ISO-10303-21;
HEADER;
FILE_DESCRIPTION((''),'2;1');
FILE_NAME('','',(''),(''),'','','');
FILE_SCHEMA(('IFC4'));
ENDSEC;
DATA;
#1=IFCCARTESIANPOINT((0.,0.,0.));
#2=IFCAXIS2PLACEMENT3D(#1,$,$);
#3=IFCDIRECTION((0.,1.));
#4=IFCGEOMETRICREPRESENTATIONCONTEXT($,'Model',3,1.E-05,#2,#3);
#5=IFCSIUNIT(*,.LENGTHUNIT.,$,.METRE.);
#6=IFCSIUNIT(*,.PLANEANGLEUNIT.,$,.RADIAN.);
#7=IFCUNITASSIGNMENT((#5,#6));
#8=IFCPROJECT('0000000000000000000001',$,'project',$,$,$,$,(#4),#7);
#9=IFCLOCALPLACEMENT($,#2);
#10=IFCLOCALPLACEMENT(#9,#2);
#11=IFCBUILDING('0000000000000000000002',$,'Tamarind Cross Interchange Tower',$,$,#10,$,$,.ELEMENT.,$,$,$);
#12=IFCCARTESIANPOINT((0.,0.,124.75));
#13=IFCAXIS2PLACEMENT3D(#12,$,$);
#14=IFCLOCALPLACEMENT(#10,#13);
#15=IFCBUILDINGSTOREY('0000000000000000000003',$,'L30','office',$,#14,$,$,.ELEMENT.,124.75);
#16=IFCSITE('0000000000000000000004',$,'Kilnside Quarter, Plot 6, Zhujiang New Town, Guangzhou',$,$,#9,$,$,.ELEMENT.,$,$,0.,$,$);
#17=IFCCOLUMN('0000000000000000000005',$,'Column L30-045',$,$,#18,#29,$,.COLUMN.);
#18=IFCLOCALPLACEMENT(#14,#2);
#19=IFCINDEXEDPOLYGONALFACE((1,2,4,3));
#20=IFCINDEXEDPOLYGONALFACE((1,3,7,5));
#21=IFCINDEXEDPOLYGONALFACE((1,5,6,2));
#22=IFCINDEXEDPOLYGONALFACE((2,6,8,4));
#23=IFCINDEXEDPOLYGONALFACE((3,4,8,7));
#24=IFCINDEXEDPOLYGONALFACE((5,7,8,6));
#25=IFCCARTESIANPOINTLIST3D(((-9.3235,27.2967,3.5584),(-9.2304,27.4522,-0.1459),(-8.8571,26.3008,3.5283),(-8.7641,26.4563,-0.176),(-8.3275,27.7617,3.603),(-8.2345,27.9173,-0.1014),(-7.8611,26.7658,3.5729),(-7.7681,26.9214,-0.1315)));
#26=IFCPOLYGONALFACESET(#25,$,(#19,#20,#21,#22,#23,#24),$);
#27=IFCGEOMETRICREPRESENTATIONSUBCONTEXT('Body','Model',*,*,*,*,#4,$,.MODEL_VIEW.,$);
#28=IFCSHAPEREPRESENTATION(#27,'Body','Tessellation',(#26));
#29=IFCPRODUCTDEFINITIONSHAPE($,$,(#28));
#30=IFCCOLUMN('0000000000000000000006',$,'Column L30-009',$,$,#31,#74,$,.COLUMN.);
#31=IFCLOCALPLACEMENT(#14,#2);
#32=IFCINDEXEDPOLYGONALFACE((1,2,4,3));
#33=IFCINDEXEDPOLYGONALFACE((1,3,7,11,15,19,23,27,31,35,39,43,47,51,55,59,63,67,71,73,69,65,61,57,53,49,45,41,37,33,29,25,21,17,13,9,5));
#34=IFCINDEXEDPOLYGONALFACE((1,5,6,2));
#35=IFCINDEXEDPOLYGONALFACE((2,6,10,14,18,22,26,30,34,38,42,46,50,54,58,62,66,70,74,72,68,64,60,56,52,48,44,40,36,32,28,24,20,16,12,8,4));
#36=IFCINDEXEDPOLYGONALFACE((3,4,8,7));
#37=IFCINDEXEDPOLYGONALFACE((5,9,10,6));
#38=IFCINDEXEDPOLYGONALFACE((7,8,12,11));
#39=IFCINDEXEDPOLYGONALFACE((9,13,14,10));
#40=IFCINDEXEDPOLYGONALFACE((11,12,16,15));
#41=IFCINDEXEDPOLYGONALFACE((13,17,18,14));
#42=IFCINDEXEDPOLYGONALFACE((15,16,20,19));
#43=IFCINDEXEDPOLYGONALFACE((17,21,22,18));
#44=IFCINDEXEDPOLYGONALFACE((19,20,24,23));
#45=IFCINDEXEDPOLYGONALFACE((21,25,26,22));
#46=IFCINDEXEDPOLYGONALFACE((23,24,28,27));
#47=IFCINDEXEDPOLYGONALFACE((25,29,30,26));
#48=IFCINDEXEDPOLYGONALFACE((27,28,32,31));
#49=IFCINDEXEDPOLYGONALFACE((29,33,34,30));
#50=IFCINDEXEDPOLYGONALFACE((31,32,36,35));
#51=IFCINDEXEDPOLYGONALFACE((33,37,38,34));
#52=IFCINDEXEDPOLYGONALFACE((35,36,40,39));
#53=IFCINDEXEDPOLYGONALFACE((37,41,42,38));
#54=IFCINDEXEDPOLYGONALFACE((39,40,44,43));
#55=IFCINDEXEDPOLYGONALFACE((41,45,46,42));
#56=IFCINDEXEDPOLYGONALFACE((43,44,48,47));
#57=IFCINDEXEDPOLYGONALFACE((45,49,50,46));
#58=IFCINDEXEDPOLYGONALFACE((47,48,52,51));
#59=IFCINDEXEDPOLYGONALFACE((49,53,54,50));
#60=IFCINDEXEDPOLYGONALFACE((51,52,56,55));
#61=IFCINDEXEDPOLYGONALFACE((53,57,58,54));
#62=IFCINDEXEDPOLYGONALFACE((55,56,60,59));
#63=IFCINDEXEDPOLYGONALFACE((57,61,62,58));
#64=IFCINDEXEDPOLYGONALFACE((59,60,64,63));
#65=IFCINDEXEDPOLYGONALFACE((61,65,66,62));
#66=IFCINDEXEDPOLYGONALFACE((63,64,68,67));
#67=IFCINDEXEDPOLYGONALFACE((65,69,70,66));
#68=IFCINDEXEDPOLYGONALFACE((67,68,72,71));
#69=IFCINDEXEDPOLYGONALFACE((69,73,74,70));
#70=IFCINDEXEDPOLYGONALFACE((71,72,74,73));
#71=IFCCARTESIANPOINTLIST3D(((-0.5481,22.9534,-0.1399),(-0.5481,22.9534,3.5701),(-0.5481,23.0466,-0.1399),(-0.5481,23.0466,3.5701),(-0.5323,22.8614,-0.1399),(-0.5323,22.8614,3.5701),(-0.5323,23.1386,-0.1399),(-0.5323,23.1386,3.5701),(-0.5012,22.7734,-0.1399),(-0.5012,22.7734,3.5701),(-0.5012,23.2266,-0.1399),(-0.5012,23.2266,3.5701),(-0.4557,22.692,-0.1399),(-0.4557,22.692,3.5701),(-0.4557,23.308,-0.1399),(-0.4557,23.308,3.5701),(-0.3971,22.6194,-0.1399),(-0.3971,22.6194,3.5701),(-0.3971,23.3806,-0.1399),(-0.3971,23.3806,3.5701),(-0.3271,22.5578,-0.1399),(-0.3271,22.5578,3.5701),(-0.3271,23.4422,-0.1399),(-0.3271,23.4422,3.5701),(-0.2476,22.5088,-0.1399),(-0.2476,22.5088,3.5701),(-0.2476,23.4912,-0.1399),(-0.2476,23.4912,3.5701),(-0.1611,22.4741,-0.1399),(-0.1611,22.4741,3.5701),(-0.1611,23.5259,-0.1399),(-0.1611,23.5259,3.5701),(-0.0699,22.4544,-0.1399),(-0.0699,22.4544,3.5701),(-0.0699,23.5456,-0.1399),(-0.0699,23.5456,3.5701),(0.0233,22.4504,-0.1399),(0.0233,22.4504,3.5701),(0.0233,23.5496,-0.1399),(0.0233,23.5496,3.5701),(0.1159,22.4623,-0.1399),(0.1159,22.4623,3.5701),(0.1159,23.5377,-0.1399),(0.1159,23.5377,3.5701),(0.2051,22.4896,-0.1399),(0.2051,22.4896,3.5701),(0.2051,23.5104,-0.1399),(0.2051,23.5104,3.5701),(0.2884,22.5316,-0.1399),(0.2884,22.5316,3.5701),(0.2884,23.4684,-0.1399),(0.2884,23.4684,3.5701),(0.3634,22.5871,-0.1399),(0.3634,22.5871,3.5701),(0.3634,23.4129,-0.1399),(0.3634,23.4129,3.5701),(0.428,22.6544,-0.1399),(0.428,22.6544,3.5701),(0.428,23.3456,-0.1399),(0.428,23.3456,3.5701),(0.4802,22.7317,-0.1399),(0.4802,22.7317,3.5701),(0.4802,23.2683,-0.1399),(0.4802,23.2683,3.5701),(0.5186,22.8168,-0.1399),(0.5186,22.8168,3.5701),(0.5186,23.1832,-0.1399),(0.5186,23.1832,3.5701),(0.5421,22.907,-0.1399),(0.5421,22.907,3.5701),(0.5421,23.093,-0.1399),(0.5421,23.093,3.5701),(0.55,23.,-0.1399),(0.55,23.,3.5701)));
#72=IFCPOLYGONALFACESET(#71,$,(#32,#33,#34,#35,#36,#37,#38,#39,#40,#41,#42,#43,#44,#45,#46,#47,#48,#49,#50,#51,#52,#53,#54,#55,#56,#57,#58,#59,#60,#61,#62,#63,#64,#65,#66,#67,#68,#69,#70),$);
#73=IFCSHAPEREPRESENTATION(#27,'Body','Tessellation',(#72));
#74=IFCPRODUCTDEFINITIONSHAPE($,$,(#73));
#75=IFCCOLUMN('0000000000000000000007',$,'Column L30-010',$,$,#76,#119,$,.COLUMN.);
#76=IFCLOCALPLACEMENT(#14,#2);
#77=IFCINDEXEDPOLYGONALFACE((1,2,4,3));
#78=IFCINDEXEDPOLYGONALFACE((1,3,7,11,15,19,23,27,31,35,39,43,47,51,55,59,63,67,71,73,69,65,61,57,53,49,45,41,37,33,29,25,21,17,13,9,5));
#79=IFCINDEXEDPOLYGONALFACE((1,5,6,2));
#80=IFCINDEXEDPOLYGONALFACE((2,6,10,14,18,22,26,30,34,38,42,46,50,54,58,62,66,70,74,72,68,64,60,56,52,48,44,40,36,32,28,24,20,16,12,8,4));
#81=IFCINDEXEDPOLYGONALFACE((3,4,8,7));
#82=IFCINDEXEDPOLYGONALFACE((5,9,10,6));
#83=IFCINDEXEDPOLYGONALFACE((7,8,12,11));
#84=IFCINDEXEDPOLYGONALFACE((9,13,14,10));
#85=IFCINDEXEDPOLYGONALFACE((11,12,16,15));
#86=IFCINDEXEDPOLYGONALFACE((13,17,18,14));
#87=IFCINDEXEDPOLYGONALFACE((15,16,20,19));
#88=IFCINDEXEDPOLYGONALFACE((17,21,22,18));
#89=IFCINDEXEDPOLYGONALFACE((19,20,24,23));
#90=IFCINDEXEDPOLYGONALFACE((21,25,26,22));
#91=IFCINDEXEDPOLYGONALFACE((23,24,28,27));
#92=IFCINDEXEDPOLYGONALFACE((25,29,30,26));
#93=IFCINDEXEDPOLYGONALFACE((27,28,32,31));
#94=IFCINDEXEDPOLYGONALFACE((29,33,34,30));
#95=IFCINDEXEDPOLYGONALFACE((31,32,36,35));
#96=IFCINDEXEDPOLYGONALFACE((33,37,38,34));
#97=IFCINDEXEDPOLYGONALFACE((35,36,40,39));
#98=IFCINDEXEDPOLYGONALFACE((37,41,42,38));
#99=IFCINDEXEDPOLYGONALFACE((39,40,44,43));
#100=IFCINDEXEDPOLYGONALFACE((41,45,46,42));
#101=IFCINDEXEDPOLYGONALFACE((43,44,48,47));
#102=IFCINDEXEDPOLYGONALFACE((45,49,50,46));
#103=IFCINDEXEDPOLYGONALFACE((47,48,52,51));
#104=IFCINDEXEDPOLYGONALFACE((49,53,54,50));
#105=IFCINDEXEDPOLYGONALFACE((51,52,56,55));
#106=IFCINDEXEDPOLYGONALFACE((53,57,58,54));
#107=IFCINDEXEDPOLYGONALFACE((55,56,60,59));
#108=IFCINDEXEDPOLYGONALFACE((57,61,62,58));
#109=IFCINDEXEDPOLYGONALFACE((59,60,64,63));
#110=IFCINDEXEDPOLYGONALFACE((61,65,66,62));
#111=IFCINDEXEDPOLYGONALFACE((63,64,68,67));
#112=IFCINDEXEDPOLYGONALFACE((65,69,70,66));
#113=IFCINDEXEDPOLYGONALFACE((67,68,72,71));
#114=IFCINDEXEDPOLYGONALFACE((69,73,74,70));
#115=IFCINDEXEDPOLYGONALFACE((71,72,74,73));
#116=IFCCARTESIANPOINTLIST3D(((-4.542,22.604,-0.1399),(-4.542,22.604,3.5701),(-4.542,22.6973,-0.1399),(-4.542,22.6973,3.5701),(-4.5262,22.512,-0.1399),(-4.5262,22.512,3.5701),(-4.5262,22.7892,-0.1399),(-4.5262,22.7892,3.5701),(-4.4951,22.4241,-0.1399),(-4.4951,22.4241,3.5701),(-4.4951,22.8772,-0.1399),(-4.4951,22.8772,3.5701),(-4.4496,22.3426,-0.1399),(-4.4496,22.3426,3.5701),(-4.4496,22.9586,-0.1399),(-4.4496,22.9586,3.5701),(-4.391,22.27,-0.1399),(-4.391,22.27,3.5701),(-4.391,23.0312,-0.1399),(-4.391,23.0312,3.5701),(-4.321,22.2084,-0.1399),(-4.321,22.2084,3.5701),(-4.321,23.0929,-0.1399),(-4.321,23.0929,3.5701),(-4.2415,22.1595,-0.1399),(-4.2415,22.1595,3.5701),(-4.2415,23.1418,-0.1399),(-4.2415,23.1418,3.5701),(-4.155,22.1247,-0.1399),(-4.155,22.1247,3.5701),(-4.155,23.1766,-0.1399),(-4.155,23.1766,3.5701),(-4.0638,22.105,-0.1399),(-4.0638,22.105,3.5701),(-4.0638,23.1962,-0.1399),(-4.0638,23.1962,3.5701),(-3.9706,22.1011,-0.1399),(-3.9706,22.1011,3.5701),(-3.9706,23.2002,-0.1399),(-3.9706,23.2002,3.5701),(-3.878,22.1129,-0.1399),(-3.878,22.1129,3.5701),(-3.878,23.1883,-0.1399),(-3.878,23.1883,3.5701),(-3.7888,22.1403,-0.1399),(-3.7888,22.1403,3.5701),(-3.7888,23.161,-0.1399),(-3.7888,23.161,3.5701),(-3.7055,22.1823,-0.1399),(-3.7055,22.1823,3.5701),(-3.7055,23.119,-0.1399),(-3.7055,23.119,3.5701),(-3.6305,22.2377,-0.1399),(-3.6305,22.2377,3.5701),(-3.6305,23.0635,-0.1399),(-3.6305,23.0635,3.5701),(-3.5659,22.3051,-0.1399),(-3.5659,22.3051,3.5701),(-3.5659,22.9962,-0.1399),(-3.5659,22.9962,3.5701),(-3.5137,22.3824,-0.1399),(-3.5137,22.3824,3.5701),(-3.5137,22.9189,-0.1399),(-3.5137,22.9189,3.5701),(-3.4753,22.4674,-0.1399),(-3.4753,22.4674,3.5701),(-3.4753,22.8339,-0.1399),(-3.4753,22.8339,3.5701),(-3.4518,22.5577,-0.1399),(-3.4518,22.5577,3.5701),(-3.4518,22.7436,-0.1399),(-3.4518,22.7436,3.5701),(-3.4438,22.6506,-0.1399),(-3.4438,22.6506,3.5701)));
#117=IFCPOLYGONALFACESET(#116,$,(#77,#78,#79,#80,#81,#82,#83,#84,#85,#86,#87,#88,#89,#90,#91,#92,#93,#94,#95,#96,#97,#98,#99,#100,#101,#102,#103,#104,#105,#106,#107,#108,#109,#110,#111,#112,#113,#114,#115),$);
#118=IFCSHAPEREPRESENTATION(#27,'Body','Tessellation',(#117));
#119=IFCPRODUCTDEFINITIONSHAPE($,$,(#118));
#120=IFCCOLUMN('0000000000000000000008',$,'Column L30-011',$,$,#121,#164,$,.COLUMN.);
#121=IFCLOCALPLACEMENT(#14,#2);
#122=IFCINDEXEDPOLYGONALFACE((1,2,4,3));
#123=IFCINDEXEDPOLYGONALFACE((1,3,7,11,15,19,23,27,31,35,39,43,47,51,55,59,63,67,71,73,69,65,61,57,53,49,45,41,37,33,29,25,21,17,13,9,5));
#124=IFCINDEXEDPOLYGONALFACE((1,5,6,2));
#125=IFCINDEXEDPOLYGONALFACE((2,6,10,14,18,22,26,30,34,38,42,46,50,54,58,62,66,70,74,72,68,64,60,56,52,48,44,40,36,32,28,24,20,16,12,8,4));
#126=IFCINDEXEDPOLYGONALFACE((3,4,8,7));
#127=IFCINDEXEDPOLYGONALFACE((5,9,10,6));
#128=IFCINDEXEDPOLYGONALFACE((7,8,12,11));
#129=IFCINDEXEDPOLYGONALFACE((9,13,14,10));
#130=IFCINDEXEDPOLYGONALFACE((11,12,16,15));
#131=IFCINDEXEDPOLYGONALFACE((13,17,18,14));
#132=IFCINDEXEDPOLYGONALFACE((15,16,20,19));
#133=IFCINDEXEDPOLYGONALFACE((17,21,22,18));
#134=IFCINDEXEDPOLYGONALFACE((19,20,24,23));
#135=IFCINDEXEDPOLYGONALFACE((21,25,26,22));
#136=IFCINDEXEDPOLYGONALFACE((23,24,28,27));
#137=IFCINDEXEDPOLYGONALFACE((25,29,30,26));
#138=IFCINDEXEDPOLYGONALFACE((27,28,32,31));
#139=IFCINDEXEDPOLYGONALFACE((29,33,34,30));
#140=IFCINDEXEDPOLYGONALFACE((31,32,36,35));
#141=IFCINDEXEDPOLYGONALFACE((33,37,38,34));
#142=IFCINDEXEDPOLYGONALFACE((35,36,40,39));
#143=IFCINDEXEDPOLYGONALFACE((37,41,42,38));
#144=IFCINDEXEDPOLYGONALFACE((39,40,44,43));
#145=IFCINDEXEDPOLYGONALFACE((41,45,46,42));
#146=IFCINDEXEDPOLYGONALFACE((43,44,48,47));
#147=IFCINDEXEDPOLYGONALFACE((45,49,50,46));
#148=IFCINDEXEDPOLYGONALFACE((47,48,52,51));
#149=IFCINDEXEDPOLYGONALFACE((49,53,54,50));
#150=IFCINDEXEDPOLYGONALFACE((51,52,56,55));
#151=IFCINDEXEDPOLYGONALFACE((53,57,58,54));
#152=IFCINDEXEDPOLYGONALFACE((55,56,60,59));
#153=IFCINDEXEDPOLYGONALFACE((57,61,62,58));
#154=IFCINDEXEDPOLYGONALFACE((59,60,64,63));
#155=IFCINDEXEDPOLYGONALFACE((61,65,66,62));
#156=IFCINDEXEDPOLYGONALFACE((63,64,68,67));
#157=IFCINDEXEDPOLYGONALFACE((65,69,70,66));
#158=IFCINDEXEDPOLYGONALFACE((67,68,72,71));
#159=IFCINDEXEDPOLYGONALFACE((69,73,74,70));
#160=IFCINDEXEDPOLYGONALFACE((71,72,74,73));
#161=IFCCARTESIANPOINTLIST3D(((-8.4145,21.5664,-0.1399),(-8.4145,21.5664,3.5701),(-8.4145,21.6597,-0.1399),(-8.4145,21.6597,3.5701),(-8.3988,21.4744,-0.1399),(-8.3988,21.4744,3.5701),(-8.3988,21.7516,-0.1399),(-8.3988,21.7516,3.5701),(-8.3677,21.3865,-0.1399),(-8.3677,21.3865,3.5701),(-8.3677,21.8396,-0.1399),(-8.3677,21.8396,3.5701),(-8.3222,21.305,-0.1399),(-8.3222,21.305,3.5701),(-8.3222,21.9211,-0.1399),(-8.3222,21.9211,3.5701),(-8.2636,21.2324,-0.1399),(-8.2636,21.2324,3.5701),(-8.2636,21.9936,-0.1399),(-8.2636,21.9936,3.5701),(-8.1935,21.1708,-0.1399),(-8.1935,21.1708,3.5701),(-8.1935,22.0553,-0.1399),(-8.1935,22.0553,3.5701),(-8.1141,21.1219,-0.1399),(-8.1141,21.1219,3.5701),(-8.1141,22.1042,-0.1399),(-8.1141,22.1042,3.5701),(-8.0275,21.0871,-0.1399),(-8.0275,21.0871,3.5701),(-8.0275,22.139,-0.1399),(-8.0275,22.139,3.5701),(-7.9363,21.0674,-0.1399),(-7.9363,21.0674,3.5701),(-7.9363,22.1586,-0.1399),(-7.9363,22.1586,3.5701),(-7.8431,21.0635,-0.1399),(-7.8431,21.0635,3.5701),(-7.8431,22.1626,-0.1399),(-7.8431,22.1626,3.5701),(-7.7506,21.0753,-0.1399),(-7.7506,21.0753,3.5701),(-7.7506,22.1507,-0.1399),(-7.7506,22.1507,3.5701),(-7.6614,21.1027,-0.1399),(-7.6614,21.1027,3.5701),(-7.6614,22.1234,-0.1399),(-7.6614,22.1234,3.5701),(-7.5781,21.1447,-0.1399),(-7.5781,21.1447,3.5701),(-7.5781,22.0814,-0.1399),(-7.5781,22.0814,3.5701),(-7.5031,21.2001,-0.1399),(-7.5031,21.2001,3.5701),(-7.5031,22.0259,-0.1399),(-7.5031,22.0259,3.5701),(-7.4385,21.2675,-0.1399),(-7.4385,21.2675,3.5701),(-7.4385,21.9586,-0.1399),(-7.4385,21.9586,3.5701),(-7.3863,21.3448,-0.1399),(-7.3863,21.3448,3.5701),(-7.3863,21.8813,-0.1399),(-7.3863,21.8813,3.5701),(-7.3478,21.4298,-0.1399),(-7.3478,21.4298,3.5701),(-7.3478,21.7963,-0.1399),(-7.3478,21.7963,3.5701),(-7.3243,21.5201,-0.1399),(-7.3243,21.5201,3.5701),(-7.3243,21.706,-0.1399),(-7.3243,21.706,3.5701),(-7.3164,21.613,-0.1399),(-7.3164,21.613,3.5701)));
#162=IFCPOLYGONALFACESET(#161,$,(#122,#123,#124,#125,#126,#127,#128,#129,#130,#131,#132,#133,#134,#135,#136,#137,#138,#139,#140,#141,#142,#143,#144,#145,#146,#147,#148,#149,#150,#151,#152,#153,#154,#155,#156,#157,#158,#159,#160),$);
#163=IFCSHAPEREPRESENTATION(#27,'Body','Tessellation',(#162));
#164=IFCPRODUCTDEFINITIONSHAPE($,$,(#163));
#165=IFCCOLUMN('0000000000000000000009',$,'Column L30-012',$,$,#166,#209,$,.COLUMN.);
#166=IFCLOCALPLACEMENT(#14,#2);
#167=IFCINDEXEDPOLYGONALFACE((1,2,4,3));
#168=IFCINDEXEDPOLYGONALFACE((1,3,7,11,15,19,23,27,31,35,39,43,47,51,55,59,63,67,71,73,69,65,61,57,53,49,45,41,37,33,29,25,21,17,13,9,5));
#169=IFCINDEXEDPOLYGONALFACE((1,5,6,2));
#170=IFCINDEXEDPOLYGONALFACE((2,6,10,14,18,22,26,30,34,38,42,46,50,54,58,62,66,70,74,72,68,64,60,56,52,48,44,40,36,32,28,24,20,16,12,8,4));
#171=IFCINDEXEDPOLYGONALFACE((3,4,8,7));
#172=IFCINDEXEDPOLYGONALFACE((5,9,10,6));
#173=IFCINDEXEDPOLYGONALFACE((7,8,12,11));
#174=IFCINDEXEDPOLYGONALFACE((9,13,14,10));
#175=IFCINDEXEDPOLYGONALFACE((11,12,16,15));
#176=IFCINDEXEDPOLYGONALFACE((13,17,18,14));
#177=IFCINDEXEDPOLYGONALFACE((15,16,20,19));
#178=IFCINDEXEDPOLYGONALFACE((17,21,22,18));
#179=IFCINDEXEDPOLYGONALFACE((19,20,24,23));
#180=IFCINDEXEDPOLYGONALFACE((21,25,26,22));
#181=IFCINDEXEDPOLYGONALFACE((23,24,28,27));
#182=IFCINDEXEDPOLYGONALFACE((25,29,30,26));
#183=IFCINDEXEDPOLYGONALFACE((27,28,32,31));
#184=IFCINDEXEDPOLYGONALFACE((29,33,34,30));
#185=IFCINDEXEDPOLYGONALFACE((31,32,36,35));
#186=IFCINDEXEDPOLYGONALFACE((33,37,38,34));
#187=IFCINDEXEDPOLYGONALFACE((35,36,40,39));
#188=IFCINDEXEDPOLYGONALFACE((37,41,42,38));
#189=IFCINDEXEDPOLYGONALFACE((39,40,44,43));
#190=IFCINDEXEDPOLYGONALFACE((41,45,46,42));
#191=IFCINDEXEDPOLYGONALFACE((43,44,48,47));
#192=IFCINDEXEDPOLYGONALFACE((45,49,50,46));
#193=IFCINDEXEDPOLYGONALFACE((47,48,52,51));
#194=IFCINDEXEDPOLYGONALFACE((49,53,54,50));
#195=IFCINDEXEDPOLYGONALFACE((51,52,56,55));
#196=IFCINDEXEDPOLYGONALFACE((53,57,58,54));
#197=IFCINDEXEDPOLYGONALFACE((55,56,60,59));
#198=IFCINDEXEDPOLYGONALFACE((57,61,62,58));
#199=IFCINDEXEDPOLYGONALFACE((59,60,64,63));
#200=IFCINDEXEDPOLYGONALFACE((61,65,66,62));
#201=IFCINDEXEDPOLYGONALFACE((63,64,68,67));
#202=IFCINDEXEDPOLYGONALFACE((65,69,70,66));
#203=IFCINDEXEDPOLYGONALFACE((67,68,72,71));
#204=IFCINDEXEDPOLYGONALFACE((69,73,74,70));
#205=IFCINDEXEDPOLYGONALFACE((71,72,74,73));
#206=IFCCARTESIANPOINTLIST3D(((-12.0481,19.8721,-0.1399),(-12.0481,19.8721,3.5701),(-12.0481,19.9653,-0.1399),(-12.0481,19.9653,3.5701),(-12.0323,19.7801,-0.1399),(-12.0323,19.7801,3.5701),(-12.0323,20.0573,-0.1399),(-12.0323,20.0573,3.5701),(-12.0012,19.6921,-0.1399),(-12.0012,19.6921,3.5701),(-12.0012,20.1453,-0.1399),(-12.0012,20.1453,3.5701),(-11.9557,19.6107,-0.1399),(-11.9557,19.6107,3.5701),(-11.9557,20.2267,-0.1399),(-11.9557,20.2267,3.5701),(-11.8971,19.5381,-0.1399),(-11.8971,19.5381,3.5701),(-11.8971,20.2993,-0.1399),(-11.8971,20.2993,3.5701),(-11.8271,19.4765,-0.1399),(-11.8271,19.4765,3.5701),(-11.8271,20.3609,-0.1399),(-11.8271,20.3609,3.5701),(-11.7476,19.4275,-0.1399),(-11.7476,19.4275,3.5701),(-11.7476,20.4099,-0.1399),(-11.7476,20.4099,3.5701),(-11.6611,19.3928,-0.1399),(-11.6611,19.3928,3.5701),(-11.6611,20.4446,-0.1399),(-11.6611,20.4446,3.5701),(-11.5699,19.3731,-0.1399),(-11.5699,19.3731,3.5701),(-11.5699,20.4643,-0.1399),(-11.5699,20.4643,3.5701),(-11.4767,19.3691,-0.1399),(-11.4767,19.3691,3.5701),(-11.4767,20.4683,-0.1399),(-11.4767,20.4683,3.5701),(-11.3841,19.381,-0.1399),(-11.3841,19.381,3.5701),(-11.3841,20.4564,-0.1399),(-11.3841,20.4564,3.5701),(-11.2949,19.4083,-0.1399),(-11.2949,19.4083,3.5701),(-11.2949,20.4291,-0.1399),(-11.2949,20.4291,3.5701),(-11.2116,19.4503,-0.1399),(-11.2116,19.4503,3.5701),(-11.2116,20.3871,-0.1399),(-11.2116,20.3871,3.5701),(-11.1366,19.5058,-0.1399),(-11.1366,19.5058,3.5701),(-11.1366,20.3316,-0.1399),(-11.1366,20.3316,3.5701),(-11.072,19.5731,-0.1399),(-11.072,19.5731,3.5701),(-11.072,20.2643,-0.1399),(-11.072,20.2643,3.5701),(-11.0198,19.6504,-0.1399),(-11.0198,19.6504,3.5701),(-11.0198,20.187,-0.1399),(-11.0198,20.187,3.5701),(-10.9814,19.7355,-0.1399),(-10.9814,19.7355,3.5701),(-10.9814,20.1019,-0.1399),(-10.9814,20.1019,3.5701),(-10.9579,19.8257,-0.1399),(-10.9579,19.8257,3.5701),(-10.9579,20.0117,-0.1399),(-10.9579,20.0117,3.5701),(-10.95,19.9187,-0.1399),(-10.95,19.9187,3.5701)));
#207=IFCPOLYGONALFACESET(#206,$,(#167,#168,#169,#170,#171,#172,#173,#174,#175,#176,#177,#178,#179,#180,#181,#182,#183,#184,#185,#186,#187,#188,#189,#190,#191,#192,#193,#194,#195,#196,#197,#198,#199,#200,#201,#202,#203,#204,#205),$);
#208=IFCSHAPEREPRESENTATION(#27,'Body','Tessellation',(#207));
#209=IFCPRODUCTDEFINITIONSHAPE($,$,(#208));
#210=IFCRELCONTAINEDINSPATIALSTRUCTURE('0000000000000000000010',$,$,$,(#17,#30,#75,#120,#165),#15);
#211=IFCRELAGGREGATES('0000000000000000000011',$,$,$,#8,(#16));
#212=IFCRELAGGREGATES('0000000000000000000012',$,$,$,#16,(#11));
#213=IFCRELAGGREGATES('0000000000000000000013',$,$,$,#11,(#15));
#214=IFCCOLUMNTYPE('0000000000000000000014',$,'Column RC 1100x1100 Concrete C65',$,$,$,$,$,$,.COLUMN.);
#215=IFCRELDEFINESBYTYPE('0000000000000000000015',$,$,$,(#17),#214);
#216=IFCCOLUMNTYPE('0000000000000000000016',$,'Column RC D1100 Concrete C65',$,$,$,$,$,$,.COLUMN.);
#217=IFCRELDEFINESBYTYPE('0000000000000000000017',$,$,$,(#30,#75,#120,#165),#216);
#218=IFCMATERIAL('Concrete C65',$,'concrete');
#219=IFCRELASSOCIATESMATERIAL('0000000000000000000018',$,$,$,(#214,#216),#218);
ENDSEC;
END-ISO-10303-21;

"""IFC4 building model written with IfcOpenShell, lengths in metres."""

from ifc_helpers import new_model, si_unit, direction, frame, origin, origin_2d, place, context, subcontext, project, spatial, rectangle, circle, extrude, material, material_profile, profile_set, type_object, element, save


model = new_model("IFC4")

# Units and contexts
model_context = context("Model", 3, precision=1e-05, world=origin(), true_north=direction((0.0, 1.0)))
body_context = subcontext(model_context, "Body", "Model", "MODEL_VIEW")
ifc_project = project(units=[si_unit("LENGTHUNIT", "METRE"), si_unit("PLANEANGLEUNIT", "RADIAN")], contexts=[model_context])

# Site, building, storey
site_placement = place(None, origin())
site = spatial("IfcSite", under=ifc_project, at=site_placement, Name="Kilnside Quarter, Plot 6, Zhujiang New Town, Guangzhou", CompositionType="ELEMENT", RefElevation=0.0)
building_placement = place(site_placement, origin())
building = spatial("IfcBuilding", under=site, at=building_placement, Name="Tamarind Cross Interchange Tower", CompositionType="ELEMENT")
storey_placement = place(building_placement, frame((0.0, 0.0, 124.75)))
storey = spatial("IfcBuildingStorey", under=building, at=storey_placement, Name="L30", Description="office", CompositionType="ELEMENT", Elevation=124.75)

# Columns
ifc_material_1 = material(Name="Concrete C65", Category="concrete")
ifc_material_profile_1 = material_profile(ifc_material_1, rectangle(XDim=1.1001, YDim=1.1001, at=origin_2d()), Name="RC 1100x1100")
ifc_profile_set_1 = profile_set([ifc_material_profile_1], Name="Concrete C65")
column_type_1 = type_object("IfcColumnType", Name="Column RC 1100x1100 Concrete C65", PredefinedType="COLUMN", material=ifc_profile_set_1)
column_placement = place(storey_placement, frame((-8.4993, 27.1868, -0.1387), z_axis=(-0.02508, -0.041932, 0.998806), x_axis=(0.905336, 0.422762, 0.040482)))
element("IfcColumn", 1, at=column_placement, inside=storey, type_object=column_type_1, Name="Column L30-045", PredefinedType="COLUMN", context=body_context, shape_type="SweptSolid", body=[
    extrude(rectangle(XDim=1.1001, YDim=1.1001, at=origin_2d()), origin(), (0.0, 0.0, 1.0), 3.7087),
])
ifc_material_profile_2 = material_profile(ifc_material_1, circle(Radius=0.55, at=origin_2d()), Name="RC D1100")
ifc_profile_set_2 = profile_set([ifc_material_profile_2], Name="Concrete C65")
column_type_2 = type_object("IfcColumnType", Name="Column RC D1100 Concrete C65", PredefinedType="COLUMN", material=ifc_profile_set_2)
for number, where, z_axis, x_axis, name in (
    (2, (0.0, 23.0, -0.1399), (0.0, 0.0, 1.0), (1.0, 0.0, 0.0), "Column L30-009"),
    (3, (-3.9939, 22.6506, -0.1399), (0.0, 0.0, 1.0), (1.0, 0.0, 0.0), "Column L30-010"),
    (4, (-7.8665, 21.613, -0.1399), (0.0, 0.0, 1.0), (1.0, 0.0, 0.0), "Column L30-011"),
    (5, (-11.5, 19.9187, -0.1399), (0.0, 0.0, 1.0), (1.0, 0.0, 0.0), "Column L30-012"),
):
    element("IfcColumn", number, at=place(storey_placement, frame(where, z_axis=z_axis, x_axis=x_axis)), inside=storey, type_object=column_type_2, Name=name, PredefinedType="COLUMN", context=body_context, shape_type="SweptSolid", body=[
        extrude(circle(Radius=0.55, at=origin_2d()), origin(), (0.0, 0.0, 1.0), 3.71),
    ])

save(model, "model.ifc")
